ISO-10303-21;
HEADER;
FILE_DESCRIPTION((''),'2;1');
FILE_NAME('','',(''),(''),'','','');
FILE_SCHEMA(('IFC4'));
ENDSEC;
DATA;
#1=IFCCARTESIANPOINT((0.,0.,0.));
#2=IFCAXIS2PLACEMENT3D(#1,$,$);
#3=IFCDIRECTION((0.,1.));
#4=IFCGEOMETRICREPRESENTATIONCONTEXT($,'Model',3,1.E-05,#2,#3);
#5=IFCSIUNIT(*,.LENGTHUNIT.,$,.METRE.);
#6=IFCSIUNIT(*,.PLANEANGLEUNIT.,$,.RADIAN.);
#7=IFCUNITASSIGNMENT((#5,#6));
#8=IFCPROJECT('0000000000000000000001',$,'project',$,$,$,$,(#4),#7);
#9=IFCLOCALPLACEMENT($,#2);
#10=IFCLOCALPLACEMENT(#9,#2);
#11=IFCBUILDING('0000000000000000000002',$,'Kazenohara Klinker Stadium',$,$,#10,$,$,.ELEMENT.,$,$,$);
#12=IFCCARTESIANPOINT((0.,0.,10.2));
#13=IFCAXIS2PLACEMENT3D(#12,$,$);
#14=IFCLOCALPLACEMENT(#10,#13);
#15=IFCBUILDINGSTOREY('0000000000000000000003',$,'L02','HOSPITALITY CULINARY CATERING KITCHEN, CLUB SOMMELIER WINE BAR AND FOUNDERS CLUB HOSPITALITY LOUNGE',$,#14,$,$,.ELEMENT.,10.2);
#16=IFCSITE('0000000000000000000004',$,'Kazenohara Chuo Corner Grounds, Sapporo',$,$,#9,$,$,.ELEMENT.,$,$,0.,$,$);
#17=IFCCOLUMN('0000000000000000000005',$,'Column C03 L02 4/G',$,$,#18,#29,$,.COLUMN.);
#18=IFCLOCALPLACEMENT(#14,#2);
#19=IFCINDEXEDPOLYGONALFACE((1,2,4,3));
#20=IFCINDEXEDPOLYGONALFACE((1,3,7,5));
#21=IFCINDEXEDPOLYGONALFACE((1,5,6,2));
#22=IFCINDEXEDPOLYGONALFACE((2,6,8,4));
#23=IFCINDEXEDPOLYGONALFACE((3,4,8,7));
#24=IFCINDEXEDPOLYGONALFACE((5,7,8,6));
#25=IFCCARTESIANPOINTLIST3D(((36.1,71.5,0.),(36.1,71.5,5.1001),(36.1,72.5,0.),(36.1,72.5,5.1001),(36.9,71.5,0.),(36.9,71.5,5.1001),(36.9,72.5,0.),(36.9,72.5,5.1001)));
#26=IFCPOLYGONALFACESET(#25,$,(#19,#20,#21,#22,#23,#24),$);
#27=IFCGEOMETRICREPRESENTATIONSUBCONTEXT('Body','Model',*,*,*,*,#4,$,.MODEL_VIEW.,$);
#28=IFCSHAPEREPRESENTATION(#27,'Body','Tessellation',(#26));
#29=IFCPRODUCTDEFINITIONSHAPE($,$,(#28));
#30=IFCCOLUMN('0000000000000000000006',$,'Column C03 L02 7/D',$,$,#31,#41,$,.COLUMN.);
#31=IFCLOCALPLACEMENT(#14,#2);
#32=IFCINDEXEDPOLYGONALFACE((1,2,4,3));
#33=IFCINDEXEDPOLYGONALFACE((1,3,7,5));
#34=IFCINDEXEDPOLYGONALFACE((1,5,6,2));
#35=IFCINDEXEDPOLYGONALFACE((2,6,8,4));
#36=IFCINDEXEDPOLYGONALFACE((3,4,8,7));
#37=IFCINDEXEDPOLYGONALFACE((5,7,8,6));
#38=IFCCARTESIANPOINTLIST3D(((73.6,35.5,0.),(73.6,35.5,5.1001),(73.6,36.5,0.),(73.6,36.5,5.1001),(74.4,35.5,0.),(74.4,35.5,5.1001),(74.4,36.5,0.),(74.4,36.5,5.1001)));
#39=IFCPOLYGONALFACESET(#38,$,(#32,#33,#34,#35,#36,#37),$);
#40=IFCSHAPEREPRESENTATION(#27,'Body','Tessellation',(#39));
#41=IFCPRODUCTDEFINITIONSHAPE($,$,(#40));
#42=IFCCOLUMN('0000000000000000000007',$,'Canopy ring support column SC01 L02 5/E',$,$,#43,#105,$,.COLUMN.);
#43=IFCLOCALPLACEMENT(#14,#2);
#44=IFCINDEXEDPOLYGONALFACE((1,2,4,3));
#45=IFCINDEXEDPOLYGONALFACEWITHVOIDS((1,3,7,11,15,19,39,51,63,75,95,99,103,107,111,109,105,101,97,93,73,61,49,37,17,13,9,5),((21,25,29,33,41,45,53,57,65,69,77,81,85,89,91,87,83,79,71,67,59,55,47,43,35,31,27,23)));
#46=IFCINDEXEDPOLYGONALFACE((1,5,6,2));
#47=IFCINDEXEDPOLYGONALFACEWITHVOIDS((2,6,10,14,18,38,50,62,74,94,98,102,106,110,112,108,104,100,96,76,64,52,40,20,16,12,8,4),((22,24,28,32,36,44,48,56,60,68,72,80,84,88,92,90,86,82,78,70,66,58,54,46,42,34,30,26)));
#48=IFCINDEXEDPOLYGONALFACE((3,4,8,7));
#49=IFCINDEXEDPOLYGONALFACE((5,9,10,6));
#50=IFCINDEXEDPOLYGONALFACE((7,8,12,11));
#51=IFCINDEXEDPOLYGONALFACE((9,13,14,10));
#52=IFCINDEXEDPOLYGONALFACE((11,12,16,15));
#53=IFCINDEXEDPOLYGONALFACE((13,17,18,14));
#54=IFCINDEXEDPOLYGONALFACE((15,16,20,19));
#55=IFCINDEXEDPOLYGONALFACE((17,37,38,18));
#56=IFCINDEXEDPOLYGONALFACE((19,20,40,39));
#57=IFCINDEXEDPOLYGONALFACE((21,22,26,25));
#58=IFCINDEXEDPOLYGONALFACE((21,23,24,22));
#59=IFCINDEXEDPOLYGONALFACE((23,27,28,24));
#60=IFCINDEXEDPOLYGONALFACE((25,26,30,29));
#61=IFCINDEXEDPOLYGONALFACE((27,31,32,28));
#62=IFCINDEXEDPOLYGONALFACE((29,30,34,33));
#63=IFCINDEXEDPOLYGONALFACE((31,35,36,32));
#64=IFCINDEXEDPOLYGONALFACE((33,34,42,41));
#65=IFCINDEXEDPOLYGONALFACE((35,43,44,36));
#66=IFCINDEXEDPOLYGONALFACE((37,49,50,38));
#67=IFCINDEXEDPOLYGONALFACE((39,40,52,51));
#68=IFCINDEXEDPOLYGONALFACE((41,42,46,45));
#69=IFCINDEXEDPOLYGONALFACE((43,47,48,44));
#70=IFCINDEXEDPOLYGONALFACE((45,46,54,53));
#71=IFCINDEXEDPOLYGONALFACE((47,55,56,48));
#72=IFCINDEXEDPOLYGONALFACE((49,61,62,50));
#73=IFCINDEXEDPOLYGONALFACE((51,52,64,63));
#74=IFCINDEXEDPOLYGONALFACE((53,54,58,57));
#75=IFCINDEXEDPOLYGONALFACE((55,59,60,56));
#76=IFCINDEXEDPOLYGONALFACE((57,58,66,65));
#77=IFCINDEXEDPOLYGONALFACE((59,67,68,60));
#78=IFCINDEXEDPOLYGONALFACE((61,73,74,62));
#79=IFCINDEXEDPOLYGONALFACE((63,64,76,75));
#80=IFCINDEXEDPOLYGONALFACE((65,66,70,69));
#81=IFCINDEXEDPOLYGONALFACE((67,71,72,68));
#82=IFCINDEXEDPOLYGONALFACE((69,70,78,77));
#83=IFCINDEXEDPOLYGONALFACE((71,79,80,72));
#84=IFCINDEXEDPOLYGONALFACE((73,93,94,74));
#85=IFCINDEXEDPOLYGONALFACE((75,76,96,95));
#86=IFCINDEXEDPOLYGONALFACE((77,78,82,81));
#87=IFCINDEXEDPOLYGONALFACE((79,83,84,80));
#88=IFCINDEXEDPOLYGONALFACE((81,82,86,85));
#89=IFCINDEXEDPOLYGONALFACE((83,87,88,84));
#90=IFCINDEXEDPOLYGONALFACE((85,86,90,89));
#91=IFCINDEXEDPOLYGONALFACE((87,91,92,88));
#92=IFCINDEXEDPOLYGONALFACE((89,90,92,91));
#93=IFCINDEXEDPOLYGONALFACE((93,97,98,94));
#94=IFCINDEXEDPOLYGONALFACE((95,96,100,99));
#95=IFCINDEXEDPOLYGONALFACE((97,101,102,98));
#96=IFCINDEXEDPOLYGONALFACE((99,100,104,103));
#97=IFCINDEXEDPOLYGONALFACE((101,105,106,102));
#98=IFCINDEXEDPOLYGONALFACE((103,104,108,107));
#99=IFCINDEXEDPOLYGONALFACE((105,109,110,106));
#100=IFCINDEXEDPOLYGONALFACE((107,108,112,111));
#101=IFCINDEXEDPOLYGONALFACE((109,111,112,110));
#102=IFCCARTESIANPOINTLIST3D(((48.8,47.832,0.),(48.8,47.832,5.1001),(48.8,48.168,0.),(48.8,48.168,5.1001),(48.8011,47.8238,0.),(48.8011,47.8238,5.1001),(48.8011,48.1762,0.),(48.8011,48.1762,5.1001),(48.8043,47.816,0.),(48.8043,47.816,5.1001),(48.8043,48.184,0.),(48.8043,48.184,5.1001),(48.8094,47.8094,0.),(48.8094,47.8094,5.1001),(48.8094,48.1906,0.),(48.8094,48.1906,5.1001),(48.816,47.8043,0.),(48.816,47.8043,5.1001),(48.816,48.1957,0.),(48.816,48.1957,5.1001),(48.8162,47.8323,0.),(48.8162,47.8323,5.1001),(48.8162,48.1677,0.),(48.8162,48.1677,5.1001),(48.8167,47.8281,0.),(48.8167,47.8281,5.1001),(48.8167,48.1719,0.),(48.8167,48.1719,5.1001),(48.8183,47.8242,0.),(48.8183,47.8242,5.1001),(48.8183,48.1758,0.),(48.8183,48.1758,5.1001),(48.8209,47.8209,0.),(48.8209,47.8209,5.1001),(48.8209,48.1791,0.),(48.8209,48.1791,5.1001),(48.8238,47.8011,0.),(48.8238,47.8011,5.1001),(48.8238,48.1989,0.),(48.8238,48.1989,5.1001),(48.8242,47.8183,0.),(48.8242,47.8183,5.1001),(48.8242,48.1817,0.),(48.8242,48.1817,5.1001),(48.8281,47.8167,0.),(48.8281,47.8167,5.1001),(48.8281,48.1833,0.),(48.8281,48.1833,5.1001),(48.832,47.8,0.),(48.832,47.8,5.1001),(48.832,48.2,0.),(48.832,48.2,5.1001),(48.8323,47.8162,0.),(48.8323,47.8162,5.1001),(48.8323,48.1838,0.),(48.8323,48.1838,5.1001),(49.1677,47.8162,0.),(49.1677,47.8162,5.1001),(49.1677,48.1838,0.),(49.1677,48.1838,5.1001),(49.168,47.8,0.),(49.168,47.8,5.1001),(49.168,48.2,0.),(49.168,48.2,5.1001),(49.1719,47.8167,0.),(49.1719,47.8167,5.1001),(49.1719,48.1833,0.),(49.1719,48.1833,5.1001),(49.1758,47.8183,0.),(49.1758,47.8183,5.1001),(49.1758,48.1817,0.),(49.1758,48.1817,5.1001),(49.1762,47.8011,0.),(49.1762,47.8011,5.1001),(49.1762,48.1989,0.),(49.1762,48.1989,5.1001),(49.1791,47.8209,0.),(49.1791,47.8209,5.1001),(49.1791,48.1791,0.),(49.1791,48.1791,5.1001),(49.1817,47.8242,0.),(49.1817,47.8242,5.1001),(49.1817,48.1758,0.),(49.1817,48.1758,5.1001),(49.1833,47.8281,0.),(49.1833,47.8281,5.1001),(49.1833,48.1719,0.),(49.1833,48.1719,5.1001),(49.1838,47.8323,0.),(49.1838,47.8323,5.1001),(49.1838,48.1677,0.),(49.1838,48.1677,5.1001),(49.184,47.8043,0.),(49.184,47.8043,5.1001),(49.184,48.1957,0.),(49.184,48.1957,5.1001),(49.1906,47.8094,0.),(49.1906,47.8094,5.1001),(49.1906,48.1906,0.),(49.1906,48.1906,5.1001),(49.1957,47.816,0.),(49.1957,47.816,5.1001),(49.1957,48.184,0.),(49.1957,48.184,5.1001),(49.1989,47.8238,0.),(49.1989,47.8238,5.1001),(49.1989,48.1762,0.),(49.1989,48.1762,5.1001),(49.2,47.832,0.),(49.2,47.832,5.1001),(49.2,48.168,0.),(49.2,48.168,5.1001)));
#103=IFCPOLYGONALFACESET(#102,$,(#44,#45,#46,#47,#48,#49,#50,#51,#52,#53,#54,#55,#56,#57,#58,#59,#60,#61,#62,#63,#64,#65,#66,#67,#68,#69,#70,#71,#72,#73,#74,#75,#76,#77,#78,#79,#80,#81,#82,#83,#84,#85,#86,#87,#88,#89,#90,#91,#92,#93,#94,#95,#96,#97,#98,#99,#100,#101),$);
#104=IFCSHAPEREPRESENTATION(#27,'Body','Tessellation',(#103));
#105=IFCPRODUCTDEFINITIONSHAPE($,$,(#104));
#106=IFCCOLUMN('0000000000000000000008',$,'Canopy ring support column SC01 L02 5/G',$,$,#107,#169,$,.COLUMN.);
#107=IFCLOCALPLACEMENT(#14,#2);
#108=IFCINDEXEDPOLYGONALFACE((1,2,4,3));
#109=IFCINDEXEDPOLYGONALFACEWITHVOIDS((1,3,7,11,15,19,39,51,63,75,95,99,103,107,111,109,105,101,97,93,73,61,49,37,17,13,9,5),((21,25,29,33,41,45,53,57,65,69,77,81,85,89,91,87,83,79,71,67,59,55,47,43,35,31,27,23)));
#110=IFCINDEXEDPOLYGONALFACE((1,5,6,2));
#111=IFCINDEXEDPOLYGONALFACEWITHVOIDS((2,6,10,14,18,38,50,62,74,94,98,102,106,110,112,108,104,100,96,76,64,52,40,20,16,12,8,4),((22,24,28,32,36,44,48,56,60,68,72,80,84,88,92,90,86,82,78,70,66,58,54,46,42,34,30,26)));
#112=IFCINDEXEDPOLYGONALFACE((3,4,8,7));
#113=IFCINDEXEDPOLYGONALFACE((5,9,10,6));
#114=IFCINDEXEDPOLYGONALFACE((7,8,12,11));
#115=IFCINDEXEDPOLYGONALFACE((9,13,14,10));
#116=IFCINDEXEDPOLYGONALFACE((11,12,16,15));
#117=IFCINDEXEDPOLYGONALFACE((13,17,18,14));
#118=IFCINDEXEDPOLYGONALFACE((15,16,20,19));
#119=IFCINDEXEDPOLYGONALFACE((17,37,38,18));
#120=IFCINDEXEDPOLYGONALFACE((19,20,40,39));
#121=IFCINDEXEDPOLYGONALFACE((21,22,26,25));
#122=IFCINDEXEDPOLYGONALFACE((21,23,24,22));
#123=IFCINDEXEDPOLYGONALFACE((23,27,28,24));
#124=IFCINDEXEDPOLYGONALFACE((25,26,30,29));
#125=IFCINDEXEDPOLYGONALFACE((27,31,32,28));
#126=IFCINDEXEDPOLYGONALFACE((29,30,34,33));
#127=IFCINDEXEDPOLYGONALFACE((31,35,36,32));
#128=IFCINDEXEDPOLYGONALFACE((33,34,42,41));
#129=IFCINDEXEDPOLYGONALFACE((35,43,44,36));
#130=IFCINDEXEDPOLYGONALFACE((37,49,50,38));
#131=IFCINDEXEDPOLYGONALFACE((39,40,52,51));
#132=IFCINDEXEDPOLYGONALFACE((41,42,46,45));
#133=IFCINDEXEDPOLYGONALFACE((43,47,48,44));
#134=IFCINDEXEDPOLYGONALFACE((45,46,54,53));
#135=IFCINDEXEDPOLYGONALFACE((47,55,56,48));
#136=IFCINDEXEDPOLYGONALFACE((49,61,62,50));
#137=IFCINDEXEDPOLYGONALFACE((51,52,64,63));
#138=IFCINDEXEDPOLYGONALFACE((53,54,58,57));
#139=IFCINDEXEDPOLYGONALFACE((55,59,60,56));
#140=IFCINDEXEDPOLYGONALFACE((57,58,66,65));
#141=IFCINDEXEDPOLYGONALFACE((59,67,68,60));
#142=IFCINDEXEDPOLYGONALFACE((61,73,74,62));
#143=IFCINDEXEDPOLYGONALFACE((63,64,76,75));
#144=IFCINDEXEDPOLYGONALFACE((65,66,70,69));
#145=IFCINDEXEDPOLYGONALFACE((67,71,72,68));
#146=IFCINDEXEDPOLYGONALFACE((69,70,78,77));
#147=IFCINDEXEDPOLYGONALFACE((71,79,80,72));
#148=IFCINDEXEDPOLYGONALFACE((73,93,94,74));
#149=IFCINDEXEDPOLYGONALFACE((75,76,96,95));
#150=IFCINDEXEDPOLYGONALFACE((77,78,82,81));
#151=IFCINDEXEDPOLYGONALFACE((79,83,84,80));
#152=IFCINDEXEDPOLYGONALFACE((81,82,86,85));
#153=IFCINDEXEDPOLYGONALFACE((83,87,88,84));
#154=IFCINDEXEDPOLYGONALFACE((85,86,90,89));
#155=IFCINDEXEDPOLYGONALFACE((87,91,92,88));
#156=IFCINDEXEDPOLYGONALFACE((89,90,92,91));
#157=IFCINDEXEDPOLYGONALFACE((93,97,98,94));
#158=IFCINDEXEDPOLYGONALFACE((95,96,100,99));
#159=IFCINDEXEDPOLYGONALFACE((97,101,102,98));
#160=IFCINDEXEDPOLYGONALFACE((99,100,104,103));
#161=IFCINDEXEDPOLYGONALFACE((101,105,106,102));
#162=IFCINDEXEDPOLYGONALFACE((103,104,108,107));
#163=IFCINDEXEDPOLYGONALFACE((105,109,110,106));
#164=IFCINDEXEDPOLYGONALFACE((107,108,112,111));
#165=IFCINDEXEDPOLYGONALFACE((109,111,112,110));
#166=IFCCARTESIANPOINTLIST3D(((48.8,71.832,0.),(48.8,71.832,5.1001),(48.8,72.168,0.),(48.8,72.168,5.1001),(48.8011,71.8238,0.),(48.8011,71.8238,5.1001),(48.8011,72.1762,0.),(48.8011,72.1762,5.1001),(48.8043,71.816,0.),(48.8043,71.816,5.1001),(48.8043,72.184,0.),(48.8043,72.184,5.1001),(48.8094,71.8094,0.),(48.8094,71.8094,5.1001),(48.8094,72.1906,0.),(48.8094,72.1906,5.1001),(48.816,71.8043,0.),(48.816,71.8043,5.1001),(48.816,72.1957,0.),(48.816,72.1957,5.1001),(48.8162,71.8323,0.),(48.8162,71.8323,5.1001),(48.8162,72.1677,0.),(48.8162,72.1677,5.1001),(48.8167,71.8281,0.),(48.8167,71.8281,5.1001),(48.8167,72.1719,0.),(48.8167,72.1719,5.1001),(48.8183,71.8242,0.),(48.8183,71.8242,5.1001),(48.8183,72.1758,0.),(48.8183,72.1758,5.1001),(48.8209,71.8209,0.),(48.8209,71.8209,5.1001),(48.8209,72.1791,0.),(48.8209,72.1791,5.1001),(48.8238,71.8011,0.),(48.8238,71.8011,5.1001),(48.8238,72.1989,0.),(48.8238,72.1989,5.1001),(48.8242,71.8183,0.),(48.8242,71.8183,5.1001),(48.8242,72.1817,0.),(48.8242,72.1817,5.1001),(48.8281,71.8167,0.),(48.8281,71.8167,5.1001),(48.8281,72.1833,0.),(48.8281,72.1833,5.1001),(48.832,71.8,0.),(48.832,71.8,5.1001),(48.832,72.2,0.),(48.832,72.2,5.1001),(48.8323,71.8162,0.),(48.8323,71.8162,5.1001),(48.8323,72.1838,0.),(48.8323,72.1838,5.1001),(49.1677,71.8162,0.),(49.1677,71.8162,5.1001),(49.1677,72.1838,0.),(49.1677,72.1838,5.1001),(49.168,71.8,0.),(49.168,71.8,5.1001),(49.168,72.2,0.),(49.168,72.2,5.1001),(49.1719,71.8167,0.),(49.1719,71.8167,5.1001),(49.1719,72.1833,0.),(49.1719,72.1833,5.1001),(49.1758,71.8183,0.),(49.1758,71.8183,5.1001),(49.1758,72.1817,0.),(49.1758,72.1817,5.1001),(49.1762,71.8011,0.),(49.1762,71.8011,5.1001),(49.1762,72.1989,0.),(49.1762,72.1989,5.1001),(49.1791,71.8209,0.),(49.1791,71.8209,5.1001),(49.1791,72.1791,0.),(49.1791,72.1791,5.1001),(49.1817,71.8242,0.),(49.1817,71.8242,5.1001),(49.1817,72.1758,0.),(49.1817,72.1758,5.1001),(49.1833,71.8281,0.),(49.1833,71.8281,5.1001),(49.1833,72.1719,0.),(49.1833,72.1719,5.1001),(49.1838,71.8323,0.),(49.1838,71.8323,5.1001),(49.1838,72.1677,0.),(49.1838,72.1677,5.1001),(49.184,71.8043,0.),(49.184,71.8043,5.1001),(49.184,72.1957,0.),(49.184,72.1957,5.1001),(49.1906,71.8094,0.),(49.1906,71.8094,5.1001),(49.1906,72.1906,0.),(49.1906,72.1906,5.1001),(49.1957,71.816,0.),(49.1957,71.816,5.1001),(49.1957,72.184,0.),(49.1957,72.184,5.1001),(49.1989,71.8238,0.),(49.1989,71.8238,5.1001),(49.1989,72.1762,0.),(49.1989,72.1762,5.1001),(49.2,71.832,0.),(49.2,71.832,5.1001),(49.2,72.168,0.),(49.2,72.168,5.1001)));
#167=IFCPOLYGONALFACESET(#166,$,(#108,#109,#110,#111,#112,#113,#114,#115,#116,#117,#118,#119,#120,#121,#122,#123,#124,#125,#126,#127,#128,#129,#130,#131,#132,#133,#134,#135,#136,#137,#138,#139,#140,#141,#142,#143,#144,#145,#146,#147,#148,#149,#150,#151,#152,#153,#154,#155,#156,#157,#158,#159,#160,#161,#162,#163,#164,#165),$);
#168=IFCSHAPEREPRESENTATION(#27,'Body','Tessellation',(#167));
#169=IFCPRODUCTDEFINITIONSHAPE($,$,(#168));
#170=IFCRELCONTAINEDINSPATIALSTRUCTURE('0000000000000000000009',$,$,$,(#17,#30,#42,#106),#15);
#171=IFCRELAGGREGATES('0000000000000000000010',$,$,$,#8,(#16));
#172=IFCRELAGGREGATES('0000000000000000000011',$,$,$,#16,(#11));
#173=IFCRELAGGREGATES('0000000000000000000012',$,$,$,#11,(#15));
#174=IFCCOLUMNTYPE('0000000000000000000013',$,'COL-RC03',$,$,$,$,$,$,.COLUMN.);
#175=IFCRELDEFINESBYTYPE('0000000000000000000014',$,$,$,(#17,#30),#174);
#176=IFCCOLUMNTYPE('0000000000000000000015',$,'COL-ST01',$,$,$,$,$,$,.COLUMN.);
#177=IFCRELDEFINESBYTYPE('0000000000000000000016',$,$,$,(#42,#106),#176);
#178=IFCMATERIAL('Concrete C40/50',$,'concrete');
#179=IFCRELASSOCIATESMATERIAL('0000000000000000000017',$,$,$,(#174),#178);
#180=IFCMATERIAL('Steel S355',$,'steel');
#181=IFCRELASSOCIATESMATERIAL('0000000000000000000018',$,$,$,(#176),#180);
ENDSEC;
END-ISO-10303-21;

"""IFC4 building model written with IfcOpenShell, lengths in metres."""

from ifc_helpers import new_model, si_unit, direction, frame, origin, origin_2d, place, context, subcontext, project, spatial, rectangle, hollow_rectangle, extrude, material, material_profile, profile_set, type_object, element, save


model = new_model("IFC4")

# Units and contexts
model_context = context("Model", 3, precision=1e-05, world=origin(), true_north=direction((0.0, 1.0)))
body_context = subcontext(model_context, "Body", "Model", "MODEL_VIEW")
ifc_project = project(units=[si_unit("LENGTHUNIT", "METRE"), si_unit("PLANEANGLEUNIT", "RADIAN")], contexts=[model_context])

# Site, building, storey
site_placement = place(None, origin())
site = spatial("IfcSite", under=ifc_project, at=site_placement, Name="Kazenohara Chuo Corner Grounds, Sapporo", CompositionType="ELEMENT", RefElevation=0.0)
building_placement = place(site_placement, origin())
building = spatial("IfcBuilding", under=site, at=building_placement, Name="Kazenohara Klinker Stadium", CompositionType="ELEMENT")
storey_placement = place(building_placement, frame((0.0, 0.0, 10.2)))
storey = spatial("IfcBuildingStorey", under=building, at=storey_placement, Name="L02", Description="HOSPITALITY CULINARY CATERING KITCHEN, CLUB SOMMELIER WINE BAR AND FOUNDERS CLUB HOSPITALITY LOUNGE", CompositionType="ELEMENT", Elevation=10.2)

# Columns
ifc_material_1 = material(Name="Concrete C40/50", Category="concrete")
ifc_material_profile_1 = material_profile(ifc_material_1, rectangle(XDim=0.8, YDim=1.0, at=origin_2d()), Name="RC-COL-1000x800")
ifc_profile_set_1 = profile_set([ifc_material_profile_1], Name="Concrete C40/50")
column_type_1 = type_object("IfcColumnType", Name="COL-RC03", PredefinedType="COLUMN", material=ifc_profile_set_1)
for number, where, z_axis, x_axis, name in (
    (1, (36.5, 72.0, 0.0), (0.0, 0.0, 1.0), (1.0, 0.0, 0.0), "Column C03 L02 4/G"),
    (2, (74.0, 36.0, 0.0), (0.0, 0.0, 1.0), (1.0, 0.0, 0.0), "Column C03 L02 7/D"),
):
    element("IfcColumn", number, at=place(storey_placement, frame(where, z_axis=z_axis, x_axis=x_axis)), inside=storey, type_object=column_type_1, Name=name, PredefinedType="COLUMN", context=body_context, shape_type="SweptSolid", body=[
        extrude(rectangle(XDim=0.8, YDim=1.0, at=origin_2d()), origin(), (0.0, 0.0, 1.0), 5.1001),
    ])
ifc_material_2 = material(Name="Steel S355", Category="steel")
ifc_material_profile_2 = material_profile(ifc_material_2, hollow_rectangle(XDim=0.3999, YDim=0.3999, WallThickness=0.0161, InnerFilletRadius=0.0161, OuterFilletRadius=0.032, at=origin_2d()), Name="SHS-400x400x16")
ifc_profile_set_2 = profile_set([ifc_material_profile_2], Name="Steel S355")
column_type_2 = type_object("IfcColumnType", Name="COL-ST01", PredefinedType="COLUMN", material=ifc_profile_set_2)
for number, where, z_axis, x_axis, name in (
    (3, (49.0, 48.0, 0.0), (0.0, 0.0, 1.0), (1.0, 0.0, 0.0), "Canopy ring support column SC01 L02 5/E"),
    (4, (49.0, 72.0, 0.0), (0.0, 0.0, 1.0), (1.0, 0.0, 0.0), "Canopy ring support column SC01 L02 5/G"),
):
    element("IfcColumn", number, at=place(storey_placement, frame(where, z_axis=z_axis, x_axis=x_axis)), inside=storey, type_object=column_type_2, Name=name, PredefinedType="COLUMN", context=body_context, shape_type="SweptSolid", body=[
        extrude(hollow_rectangle(XDim=0.3999, YDim=0.3999, WallThickness=0.0161, InnerFilletRadius=0.0161, OuterFilletRadius=0.032, at=origin_2d()), origin(), (0.0, 0.0, 1.0), 5.1001),
    ])

save(model, "model.ifc")
